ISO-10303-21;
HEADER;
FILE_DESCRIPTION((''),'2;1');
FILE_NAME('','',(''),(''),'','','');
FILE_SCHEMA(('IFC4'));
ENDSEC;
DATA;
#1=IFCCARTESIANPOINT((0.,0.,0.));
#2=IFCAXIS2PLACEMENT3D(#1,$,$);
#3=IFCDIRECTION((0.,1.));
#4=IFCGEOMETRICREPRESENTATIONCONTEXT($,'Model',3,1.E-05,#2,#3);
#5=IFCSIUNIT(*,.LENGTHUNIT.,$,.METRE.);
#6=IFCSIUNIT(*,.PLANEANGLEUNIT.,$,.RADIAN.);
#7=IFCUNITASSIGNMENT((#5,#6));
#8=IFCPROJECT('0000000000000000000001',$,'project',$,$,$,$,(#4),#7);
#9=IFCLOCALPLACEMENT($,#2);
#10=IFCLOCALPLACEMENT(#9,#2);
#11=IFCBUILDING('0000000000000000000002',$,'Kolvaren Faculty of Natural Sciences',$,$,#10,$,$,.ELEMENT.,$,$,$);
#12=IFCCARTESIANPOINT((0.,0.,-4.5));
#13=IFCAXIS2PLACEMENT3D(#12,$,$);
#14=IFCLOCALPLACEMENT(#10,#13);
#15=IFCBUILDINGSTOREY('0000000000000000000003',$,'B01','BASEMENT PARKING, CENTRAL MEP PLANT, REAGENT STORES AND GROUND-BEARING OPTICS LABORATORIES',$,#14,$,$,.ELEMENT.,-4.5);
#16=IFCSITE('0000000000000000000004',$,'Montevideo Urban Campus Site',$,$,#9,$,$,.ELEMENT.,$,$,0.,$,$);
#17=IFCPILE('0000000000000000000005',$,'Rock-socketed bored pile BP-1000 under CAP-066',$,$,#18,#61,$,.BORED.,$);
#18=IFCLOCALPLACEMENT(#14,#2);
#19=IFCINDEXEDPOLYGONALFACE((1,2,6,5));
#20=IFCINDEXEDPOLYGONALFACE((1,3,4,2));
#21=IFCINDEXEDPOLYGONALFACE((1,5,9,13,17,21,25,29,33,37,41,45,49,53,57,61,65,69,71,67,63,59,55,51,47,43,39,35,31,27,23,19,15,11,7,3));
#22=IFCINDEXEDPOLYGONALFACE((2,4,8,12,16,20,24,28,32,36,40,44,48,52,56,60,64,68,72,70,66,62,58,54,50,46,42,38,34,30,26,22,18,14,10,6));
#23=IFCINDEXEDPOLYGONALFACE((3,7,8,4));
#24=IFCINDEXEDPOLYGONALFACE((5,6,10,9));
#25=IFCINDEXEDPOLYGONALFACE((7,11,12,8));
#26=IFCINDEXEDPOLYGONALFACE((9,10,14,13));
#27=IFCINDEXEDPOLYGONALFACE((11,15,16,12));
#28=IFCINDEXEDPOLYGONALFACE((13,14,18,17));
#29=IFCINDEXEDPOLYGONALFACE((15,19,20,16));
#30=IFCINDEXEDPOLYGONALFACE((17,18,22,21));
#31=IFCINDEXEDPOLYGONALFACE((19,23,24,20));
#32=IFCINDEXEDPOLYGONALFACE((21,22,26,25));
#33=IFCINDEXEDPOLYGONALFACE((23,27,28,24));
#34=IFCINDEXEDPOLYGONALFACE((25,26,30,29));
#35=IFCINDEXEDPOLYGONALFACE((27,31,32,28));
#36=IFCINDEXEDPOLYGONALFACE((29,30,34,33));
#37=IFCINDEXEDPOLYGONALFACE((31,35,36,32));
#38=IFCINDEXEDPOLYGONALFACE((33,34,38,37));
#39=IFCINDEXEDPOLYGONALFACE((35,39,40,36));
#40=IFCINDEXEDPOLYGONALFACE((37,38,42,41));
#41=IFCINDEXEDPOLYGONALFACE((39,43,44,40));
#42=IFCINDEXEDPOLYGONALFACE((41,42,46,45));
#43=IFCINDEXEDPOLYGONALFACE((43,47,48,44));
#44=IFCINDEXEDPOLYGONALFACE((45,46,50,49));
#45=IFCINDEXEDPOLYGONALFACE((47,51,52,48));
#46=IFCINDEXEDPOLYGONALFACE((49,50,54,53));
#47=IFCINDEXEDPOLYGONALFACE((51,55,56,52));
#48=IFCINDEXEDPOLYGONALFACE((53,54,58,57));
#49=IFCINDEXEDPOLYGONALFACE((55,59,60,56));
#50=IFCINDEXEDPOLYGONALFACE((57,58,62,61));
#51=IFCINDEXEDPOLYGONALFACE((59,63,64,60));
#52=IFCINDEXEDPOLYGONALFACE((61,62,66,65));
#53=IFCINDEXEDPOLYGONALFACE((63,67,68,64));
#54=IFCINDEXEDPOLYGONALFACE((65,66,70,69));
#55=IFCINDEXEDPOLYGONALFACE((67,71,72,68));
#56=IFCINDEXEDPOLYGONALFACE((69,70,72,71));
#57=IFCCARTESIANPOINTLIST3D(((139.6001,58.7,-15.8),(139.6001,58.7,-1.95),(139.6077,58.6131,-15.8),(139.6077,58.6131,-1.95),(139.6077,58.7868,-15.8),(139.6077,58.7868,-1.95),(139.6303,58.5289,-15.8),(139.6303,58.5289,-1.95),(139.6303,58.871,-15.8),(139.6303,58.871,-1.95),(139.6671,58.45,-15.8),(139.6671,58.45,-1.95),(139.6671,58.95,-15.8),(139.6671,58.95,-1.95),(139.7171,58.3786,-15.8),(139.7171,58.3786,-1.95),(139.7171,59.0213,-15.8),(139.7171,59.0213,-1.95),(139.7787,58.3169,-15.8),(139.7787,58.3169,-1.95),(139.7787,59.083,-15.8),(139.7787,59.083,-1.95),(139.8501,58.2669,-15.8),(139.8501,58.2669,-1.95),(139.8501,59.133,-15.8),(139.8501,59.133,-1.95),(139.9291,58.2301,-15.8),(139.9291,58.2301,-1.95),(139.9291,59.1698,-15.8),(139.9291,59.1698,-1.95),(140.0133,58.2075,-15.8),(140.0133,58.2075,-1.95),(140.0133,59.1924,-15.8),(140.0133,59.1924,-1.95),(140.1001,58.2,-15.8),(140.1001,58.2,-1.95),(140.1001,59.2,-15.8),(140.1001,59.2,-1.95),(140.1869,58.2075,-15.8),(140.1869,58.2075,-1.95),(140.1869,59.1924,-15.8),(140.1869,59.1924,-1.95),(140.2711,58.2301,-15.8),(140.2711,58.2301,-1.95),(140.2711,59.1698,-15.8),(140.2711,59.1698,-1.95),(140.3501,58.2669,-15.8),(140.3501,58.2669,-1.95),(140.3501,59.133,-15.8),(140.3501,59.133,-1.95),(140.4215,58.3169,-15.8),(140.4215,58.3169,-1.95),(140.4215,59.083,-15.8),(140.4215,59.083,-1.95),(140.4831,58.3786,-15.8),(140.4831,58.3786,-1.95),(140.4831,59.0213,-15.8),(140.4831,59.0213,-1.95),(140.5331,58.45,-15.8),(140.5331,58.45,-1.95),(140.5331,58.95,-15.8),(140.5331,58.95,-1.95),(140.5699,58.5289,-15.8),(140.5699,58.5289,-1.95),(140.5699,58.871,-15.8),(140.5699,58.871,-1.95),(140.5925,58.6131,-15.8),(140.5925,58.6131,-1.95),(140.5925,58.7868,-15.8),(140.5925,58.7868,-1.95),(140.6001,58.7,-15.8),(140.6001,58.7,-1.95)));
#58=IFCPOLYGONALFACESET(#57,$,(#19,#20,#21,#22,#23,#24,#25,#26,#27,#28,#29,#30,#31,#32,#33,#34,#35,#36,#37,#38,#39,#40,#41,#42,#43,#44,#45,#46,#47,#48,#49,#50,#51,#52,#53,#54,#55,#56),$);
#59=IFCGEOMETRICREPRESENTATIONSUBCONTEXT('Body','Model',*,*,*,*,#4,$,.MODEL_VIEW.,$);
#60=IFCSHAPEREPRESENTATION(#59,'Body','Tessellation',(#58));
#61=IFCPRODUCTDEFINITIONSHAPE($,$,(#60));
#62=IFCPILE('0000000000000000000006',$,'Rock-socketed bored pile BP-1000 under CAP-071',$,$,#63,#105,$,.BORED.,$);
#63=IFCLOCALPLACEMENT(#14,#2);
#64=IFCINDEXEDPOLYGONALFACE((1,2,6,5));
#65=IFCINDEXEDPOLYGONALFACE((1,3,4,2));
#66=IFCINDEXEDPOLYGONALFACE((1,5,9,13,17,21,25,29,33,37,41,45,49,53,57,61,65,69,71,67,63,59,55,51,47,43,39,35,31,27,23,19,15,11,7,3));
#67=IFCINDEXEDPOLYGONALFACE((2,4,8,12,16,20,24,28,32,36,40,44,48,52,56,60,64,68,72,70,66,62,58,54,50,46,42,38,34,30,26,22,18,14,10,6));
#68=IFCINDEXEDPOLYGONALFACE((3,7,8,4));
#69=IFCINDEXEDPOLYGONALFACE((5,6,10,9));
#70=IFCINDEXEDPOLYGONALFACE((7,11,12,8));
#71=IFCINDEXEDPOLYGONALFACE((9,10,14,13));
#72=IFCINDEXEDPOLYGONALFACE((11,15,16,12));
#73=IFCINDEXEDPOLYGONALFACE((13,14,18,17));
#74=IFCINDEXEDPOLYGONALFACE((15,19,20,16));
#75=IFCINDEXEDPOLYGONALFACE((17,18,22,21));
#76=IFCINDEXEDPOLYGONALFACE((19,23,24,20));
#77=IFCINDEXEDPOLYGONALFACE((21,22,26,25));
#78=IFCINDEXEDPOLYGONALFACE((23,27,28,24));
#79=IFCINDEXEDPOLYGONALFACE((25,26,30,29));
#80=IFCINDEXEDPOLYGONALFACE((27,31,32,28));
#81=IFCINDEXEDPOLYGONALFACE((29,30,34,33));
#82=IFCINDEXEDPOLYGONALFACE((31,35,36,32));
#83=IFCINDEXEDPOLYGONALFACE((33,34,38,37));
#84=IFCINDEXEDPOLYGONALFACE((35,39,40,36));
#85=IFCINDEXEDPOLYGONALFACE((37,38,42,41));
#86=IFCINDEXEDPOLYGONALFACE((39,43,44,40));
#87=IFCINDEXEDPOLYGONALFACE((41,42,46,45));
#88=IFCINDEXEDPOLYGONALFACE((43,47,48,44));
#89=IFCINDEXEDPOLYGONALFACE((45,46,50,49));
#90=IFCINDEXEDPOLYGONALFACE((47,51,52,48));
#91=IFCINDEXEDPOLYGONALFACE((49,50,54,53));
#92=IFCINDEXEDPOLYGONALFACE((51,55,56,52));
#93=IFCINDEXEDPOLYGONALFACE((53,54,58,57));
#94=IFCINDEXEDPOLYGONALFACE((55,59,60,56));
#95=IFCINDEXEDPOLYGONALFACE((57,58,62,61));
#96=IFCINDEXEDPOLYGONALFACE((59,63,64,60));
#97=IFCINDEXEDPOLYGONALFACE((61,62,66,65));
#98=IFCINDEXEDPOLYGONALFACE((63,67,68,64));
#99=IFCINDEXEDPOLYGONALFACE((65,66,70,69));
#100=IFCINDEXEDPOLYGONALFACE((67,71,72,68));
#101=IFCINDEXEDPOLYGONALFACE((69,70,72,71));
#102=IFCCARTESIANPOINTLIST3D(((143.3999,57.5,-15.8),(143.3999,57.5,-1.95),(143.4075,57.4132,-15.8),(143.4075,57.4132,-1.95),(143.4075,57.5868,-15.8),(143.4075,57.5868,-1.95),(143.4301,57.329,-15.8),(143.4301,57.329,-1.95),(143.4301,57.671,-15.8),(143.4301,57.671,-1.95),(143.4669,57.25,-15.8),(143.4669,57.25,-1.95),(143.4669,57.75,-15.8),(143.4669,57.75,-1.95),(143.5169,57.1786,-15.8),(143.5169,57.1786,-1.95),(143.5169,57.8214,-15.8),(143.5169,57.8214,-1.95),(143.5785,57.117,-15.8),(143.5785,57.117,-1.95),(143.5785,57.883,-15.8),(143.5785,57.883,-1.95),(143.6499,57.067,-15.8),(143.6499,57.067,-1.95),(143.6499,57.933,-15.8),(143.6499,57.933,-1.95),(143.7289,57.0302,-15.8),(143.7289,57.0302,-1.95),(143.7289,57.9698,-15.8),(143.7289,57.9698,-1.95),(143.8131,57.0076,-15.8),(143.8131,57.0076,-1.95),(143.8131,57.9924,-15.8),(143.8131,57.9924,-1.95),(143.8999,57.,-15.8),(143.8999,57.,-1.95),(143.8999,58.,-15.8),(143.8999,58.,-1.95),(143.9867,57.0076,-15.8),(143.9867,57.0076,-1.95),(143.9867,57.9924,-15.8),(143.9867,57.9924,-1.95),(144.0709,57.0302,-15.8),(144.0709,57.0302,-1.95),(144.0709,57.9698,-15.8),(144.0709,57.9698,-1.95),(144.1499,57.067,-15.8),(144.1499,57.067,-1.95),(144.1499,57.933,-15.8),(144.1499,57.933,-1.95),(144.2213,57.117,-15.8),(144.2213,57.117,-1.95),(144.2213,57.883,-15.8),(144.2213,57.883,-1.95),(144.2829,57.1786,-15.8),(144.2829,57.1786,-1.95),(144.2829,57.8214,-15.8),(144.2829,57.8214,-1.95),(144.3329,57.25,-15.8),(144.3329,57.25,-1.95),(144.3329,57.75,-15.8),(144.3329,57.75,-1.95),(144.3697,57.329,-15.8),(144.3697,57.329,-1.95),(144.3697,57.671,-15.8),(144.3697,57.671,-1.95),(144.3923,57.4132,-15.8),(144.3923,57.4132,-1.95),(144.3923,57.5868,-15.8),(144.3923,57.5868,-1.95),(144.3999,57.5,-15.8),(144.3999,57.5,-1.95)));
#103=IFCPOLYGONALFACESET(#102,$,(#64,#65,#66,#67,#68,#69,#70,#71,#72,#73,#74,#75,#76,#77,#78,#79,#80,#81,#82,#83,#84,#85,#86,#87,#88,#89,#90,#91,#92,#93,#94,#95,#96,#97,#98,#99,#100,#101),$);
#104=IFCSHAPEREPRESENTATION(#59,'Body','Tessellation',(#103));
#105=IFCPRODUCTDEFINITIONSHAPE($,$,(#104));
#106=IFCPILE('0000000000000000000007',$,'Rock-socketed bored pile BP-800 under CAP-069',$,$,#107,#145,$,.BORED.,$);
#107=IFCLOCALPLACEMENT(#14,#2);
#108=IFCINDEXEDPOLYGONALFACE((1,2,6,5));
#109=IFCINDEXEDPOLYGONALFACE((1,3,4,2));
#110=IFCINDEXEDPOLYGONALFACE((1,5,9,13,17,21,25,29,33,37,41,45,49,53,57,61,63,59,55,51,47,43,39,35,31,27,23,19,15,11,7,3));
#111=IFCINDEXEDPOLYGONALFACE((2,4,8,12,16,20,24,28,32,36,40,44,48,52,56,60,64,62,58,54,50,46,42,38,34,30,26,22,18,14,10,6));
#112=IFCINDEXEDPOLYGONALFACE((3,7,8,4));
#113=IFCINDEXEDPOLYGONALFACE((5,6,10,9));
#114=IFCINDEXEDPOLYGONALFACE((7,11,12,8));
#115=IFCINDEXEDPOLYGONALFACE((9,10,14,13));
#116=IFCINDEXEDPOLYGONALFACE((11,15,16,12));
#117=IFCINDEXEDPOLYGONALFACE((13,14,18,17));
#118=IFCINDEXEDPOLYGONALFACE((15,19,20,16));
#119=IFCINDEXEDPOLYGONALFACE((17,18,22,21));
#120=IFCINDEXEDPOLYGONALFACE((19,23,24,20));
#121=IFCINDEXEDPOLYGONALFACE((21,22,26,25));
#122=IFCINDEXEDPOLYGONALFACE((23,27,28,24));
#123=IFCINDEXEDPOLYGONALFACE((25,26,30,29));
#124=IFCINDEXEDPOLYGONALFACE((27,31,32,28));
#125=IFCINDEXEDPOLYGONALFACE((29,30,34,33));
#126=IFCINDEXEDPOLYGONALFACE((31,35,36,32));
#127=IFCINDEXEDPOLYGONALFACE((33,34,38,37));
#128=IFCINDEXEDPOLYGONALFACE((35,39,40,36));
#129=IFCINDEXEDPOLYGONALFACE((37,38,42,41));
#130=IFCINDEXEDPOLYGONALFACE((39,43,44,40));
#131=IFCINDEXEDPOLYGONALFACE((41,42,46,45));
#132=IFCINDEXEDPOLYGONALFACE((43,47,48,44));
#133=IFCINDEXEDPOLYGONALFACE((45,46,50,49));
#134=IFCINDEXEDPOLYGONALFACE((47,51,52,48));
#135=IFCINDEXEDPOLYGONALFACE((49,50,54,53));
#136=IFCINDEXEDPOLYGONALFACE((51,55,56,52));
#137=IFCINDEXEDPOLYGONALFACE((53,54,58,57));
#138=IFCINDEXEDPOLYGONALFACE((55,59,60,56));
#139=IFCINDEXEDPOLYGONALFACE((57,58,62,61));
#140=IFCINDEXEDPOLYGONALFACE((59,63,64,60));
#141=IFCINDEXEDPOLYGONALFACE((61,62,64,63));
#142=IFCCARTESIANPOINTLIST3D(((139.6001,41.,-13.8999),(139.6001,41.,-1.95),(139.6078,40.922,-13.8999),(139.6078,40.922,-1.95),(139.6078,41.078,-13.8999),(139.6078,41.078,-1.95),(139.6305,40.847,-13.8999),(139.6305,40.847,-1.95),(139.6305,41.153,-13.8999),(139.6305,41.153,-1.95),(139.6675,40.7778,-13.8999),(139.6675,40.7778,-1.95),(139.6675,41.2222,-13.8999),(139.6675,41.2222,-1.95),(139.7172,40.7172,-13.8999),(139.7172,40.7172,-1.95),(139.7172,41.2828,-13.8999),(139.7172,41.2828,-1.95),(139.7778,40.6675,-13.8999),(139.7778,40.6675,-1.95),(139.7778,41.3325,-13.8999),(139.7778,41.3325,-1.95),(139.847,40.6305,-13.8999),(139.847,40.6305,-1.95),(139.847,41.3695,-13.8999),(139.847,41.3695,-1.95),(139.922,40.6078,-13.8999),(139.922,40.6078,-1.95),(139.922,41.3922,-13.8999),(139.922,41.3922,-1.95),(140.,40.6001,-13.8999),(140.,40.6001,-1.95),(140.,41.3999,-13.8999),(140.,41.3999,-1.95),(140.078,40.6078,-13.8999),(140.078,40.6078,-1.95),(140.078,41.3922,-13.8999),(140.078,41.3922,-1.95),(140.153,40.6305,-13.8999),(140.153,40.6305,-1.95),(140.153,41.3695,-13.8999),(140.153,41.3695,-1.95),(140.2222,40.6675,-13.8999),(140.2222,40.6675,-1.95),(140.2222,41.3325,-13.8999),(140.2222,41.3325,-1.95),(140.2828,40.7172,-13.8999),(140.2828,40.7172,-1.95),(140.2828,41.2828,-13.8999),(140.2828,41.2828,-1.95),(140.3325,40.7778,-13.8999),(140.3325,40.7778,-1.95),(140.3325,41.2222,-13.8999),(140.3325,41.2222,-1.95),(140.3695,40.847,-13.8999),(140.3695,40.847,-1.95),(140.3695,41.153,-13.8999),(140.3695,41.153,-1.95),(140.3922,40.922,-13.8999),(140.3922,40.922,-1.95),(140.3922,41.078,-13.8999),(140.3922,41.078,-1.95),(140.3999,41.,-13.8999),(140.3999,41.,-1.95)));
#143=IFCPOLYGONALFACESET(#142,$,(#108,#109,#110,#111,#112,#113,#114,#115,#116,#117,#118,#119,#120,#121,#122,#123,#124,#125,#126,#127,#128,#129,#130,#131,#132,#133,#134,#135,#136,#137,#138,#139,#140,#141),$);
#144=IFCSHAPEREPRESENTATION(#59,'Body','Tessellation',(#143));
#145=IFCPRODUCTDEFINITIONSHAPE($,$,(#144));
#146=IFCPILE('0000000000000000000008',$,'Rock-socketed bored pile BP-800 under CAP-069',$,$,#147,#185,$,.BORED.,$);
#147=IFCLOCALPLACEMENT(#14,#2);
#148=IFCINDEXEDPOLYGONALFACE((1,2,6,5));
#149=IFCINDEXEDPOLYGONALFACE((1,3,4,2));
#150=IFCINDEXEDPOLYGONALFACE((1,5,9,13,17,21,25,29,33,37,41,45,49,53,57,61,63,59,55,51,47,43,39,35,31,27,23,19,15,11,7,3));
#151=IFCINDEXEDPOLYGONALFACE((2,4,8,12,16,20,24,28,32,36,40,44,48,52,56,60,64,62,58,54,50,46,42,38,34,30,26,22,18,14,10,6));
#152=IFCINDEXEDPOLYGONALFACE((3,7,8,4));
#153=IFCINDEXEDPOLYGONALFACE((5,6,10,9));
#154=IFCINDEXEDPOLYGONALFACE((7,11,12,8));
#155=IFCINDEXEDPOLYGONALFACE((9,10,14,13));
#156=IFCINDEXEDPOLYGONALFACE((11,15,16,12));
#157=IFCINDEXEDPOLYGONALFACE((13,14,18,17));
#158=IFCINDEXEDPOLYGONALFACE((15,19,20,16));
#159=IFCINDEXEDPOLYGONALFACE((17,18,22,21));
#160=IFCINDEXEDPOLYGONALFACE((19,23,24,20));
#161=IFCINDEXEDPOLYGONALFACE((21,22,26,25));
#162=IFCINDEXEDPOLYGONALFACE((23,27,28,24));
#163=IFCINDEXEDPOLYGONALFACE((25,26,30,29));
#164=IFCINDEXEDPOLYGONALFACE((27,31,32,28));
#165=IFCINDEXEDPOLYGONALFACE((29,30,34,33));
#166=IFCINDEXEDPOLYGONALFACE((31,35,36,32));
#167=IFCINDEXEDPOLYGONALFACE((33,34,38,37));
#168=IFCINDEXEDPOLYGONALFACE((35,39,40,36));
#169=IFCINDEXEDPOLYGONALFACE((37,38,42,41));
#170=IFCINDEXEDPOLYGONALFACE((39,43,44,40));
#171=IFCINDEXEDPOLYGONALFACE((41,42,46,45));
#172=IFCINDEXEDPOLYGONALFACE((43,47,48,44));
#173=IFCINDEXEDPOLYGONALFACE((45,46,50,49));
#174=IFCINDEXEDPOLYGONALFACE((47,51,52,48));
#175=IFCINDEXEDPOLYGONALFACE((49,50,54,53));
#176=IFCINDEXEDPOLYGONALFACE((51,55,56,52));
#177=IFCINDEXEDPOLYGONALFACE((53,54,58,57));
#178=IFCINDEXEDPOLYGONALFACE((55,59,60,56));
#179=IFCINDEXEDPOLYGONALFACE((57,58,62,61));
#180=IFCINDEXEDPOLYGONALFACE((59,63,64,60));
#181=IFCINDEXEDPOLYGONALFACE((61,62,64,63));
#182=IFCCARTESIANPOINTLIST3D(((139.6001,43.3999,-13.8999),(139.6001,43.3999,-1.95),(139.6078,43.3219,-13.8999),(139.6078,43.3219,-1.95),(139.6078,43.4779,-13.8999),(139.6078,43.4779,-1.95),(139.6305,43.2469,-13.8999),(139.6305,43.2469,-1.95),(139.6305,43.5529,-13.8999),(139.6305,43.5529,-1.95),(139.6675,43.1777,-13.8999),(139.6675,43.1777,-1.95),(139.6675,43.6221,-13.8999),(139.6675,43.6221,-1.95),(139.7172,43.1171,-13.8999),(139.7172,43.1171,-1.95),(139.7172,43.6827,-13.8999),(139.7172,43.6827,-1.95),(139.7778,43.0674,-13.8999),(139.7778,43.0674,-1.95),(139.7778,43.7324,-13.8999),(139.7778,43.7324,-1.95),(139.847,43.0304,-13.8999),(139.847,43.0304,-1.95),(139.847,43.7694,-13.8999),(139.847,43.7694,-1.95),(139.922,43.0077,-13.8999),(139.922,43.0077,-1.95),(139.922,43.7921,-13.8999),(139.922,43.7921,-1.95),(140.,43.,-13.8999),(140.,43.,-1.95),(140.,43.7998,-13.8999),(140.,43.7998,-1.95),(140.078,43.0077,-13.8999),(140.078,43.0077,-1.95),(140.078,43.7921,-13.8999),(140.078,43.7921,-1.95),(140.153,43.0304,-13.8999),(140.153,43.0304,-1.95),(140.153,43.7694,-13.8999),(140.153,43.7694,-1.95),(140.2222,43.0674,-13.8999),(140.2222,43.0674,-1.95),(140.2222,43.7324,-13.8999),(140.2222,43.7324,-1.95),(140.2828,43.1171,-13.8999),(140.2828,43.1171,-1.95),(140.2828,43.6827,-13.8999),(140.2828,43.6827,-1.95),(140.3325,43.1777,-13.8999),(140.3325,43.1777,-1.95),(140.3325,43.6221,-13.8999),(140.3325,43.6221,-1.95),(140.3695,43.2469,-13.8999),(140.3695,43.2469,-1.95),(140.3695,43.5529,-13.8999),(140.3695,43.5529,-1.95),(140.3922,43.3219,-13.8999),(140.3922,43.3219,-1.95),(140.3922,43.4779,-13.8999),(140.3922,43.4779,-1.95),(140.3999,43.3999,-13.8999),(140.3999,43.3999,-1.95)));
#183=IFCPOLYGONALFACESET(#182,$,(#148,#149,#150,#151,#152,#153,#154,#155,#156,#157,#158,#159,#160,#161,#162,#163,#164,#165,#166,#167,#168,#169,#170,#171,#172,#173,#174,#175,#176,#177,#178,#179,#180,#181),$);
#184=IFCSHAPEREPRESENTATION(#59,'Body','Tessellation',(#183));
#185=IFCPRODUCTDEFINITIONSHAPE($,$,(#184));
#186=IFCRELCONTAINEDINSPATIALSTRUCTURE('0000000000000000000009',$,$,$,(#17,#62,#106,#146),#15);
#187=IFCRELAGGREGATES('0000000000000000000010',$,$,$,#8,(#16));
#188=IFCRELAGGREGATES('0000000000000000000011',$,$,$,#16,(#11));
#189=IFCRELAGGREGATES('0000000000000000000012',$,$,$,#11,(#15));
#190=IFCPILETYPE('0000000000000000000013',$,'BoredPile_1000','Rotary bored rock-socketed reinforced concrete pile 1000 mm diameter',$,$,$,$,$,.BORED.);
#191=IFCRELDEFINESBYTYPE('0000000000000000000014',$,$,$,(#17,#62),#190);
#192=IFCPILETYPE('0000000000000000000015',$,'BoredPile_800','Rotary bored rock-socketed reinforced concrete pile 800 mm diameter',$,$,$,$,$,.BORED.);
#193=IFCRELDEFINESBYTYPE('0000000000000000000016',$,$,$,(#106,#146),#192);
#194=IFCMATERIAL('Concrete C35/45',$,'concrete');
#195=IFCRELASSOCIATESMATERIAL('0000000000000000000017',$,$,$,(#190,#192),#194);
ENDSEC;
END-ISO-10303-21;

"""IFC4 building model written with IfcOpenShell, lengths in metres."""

from ifc_helpers import new_model, si_unit, direction, frame, origin, origin_2d, place, context, subcontext, project, spatial, circle, extrude, material, material_profile, profile_set, type_object, element, save


model = new_model("IFC4")

# Units and contexts
model_context = context("Model", 3, precision=1e-05, world=origin(), true_north=direction((0.0, 1.0)))
body_context = subcontext(model_context, "Body", "Model", "MODEL_VIEW")
ifc_project = project(units=[si_unit("LENGTHUNIT", "METRE"), si_unit("PLANEANGLEUNIT", "RADIAN")], contexts=[model_context])

# Site, building, storey
site_placement = place(None, origin())
site = spatial("IfcSite", under=ifc_project, at=site_placement, Name="Montevideo Urban Campus Site", CompositionType="ELEMENT", RefElevation=0.0)
building_placement = place(site_placement, origin())
building = spatial("IfcBuilding", under=site, at=building_placement, Name="Kolvaren Faculty of Natural Sciences", CompositionType="ELEMENT")
storey_placement = place(building_placement, frame((0.0, 0.0, -4.5)))
storey = spatial("IfcBuildingStorey", under=building, at=storey_placement, Name="B01", Description="BASEMENT PARKING, CENTRAL MEP PLANT, REAGENT STORES AND GROUND-BEARING OPTICS LABORATORIES", CompositionType="ELEMENT", Elevation=-4.5)

# Piles
ifc_material_1 = material(Name="Concrete C35/45", Category="concrete")
ifc_material_profile_1 = material_profile(ifc_material_1, circle(Radius=0.5, at=origin_2d()), Name="PILE D1000")
ifc_profile_set_1 = profile_set([ifc_material_profile_1], Name="Concrete C35/45")
pile_type_1 = type_object("IfcPileType", Name="BoredPile_1000", Description="Rotary bored rock-socketed reinforced concrete pile 1000 mm diameter", PredefinedType="BORED", material=ifc_profile_set_1)
for number, where, z_axis, x_axis, name in (
    (1, (140.1001, 58.7, -1.95), (0.0, 0.0, -1.0), (1.0, 0.0, 0.0), "Rock-socketed bored pile BP-1000 under CAP-066"),
    (2, (143.8999, 57.5, -1.95), (0.0, 0.0, -1.0), (1.0, 0.0, 0.0), "Rock-socketed bored pile BP-1000 under CAP-071"),
):
    element("IfcPile", number, at=place(storey_placement, frame(where, z_axis=z_axis, x_axis=x_axis)), inside=storey, type_object=pile_type_1, Name=name, PredefinedType="BORED", context=body_context, shape_type="SweptSolid", body=[
        extrude(circle(Radius=0.5, at=origin_2d()), origin(), (0.0, 0.0, 1.0), 13.8501),
    ])
ifc_material_profile_2 = material_profile(ifc_material_1, circle(Radius=0.3999, at=origin_2d()), Name="PILE D800")
ifc_profile_set_2 = profile_set([ifc_material_profile_2], Name="Concrete C35/45")
pile_type_2 = type_object("IfcPileType", Name="BoredPile_800", Description="Rotary bored rock-socketed reinforced concrete pile 800 mm diameter", PredefinedType="BORED", material=ifc_profile_set_2)
for number, where, z_axis, x_axis, name in (
    (3, (140.0, 41.0, -1.95), (0.0, 0.0, -1.0), (1.0, 0.0, 0.0), "Rock-socketed bored pile BP-800 under CAP-069"),
    (4, (140.0, 43.3999, -1.95), (0.0, 0.0, -1.0), (1.0, 0.0, 0.0), "Rock-socketed bored pile BP-800 under CAP-069"),
):
    element("IfcPile", number, at=place(storey_placement, frame(where, z_axis=z_axis, x_axis=x_axis)), inside=storey, type_object=pile_type_2, Name=name, PredefinedType="BORED", context=body_context, shape_type="SweptSolid", body=[
        extrude(circle(Radius=0.3999, at=origin_2d()), origin(), (0.0, 0.0, 1.0), 11.95),
    ])

save(model, "model.ifc")
